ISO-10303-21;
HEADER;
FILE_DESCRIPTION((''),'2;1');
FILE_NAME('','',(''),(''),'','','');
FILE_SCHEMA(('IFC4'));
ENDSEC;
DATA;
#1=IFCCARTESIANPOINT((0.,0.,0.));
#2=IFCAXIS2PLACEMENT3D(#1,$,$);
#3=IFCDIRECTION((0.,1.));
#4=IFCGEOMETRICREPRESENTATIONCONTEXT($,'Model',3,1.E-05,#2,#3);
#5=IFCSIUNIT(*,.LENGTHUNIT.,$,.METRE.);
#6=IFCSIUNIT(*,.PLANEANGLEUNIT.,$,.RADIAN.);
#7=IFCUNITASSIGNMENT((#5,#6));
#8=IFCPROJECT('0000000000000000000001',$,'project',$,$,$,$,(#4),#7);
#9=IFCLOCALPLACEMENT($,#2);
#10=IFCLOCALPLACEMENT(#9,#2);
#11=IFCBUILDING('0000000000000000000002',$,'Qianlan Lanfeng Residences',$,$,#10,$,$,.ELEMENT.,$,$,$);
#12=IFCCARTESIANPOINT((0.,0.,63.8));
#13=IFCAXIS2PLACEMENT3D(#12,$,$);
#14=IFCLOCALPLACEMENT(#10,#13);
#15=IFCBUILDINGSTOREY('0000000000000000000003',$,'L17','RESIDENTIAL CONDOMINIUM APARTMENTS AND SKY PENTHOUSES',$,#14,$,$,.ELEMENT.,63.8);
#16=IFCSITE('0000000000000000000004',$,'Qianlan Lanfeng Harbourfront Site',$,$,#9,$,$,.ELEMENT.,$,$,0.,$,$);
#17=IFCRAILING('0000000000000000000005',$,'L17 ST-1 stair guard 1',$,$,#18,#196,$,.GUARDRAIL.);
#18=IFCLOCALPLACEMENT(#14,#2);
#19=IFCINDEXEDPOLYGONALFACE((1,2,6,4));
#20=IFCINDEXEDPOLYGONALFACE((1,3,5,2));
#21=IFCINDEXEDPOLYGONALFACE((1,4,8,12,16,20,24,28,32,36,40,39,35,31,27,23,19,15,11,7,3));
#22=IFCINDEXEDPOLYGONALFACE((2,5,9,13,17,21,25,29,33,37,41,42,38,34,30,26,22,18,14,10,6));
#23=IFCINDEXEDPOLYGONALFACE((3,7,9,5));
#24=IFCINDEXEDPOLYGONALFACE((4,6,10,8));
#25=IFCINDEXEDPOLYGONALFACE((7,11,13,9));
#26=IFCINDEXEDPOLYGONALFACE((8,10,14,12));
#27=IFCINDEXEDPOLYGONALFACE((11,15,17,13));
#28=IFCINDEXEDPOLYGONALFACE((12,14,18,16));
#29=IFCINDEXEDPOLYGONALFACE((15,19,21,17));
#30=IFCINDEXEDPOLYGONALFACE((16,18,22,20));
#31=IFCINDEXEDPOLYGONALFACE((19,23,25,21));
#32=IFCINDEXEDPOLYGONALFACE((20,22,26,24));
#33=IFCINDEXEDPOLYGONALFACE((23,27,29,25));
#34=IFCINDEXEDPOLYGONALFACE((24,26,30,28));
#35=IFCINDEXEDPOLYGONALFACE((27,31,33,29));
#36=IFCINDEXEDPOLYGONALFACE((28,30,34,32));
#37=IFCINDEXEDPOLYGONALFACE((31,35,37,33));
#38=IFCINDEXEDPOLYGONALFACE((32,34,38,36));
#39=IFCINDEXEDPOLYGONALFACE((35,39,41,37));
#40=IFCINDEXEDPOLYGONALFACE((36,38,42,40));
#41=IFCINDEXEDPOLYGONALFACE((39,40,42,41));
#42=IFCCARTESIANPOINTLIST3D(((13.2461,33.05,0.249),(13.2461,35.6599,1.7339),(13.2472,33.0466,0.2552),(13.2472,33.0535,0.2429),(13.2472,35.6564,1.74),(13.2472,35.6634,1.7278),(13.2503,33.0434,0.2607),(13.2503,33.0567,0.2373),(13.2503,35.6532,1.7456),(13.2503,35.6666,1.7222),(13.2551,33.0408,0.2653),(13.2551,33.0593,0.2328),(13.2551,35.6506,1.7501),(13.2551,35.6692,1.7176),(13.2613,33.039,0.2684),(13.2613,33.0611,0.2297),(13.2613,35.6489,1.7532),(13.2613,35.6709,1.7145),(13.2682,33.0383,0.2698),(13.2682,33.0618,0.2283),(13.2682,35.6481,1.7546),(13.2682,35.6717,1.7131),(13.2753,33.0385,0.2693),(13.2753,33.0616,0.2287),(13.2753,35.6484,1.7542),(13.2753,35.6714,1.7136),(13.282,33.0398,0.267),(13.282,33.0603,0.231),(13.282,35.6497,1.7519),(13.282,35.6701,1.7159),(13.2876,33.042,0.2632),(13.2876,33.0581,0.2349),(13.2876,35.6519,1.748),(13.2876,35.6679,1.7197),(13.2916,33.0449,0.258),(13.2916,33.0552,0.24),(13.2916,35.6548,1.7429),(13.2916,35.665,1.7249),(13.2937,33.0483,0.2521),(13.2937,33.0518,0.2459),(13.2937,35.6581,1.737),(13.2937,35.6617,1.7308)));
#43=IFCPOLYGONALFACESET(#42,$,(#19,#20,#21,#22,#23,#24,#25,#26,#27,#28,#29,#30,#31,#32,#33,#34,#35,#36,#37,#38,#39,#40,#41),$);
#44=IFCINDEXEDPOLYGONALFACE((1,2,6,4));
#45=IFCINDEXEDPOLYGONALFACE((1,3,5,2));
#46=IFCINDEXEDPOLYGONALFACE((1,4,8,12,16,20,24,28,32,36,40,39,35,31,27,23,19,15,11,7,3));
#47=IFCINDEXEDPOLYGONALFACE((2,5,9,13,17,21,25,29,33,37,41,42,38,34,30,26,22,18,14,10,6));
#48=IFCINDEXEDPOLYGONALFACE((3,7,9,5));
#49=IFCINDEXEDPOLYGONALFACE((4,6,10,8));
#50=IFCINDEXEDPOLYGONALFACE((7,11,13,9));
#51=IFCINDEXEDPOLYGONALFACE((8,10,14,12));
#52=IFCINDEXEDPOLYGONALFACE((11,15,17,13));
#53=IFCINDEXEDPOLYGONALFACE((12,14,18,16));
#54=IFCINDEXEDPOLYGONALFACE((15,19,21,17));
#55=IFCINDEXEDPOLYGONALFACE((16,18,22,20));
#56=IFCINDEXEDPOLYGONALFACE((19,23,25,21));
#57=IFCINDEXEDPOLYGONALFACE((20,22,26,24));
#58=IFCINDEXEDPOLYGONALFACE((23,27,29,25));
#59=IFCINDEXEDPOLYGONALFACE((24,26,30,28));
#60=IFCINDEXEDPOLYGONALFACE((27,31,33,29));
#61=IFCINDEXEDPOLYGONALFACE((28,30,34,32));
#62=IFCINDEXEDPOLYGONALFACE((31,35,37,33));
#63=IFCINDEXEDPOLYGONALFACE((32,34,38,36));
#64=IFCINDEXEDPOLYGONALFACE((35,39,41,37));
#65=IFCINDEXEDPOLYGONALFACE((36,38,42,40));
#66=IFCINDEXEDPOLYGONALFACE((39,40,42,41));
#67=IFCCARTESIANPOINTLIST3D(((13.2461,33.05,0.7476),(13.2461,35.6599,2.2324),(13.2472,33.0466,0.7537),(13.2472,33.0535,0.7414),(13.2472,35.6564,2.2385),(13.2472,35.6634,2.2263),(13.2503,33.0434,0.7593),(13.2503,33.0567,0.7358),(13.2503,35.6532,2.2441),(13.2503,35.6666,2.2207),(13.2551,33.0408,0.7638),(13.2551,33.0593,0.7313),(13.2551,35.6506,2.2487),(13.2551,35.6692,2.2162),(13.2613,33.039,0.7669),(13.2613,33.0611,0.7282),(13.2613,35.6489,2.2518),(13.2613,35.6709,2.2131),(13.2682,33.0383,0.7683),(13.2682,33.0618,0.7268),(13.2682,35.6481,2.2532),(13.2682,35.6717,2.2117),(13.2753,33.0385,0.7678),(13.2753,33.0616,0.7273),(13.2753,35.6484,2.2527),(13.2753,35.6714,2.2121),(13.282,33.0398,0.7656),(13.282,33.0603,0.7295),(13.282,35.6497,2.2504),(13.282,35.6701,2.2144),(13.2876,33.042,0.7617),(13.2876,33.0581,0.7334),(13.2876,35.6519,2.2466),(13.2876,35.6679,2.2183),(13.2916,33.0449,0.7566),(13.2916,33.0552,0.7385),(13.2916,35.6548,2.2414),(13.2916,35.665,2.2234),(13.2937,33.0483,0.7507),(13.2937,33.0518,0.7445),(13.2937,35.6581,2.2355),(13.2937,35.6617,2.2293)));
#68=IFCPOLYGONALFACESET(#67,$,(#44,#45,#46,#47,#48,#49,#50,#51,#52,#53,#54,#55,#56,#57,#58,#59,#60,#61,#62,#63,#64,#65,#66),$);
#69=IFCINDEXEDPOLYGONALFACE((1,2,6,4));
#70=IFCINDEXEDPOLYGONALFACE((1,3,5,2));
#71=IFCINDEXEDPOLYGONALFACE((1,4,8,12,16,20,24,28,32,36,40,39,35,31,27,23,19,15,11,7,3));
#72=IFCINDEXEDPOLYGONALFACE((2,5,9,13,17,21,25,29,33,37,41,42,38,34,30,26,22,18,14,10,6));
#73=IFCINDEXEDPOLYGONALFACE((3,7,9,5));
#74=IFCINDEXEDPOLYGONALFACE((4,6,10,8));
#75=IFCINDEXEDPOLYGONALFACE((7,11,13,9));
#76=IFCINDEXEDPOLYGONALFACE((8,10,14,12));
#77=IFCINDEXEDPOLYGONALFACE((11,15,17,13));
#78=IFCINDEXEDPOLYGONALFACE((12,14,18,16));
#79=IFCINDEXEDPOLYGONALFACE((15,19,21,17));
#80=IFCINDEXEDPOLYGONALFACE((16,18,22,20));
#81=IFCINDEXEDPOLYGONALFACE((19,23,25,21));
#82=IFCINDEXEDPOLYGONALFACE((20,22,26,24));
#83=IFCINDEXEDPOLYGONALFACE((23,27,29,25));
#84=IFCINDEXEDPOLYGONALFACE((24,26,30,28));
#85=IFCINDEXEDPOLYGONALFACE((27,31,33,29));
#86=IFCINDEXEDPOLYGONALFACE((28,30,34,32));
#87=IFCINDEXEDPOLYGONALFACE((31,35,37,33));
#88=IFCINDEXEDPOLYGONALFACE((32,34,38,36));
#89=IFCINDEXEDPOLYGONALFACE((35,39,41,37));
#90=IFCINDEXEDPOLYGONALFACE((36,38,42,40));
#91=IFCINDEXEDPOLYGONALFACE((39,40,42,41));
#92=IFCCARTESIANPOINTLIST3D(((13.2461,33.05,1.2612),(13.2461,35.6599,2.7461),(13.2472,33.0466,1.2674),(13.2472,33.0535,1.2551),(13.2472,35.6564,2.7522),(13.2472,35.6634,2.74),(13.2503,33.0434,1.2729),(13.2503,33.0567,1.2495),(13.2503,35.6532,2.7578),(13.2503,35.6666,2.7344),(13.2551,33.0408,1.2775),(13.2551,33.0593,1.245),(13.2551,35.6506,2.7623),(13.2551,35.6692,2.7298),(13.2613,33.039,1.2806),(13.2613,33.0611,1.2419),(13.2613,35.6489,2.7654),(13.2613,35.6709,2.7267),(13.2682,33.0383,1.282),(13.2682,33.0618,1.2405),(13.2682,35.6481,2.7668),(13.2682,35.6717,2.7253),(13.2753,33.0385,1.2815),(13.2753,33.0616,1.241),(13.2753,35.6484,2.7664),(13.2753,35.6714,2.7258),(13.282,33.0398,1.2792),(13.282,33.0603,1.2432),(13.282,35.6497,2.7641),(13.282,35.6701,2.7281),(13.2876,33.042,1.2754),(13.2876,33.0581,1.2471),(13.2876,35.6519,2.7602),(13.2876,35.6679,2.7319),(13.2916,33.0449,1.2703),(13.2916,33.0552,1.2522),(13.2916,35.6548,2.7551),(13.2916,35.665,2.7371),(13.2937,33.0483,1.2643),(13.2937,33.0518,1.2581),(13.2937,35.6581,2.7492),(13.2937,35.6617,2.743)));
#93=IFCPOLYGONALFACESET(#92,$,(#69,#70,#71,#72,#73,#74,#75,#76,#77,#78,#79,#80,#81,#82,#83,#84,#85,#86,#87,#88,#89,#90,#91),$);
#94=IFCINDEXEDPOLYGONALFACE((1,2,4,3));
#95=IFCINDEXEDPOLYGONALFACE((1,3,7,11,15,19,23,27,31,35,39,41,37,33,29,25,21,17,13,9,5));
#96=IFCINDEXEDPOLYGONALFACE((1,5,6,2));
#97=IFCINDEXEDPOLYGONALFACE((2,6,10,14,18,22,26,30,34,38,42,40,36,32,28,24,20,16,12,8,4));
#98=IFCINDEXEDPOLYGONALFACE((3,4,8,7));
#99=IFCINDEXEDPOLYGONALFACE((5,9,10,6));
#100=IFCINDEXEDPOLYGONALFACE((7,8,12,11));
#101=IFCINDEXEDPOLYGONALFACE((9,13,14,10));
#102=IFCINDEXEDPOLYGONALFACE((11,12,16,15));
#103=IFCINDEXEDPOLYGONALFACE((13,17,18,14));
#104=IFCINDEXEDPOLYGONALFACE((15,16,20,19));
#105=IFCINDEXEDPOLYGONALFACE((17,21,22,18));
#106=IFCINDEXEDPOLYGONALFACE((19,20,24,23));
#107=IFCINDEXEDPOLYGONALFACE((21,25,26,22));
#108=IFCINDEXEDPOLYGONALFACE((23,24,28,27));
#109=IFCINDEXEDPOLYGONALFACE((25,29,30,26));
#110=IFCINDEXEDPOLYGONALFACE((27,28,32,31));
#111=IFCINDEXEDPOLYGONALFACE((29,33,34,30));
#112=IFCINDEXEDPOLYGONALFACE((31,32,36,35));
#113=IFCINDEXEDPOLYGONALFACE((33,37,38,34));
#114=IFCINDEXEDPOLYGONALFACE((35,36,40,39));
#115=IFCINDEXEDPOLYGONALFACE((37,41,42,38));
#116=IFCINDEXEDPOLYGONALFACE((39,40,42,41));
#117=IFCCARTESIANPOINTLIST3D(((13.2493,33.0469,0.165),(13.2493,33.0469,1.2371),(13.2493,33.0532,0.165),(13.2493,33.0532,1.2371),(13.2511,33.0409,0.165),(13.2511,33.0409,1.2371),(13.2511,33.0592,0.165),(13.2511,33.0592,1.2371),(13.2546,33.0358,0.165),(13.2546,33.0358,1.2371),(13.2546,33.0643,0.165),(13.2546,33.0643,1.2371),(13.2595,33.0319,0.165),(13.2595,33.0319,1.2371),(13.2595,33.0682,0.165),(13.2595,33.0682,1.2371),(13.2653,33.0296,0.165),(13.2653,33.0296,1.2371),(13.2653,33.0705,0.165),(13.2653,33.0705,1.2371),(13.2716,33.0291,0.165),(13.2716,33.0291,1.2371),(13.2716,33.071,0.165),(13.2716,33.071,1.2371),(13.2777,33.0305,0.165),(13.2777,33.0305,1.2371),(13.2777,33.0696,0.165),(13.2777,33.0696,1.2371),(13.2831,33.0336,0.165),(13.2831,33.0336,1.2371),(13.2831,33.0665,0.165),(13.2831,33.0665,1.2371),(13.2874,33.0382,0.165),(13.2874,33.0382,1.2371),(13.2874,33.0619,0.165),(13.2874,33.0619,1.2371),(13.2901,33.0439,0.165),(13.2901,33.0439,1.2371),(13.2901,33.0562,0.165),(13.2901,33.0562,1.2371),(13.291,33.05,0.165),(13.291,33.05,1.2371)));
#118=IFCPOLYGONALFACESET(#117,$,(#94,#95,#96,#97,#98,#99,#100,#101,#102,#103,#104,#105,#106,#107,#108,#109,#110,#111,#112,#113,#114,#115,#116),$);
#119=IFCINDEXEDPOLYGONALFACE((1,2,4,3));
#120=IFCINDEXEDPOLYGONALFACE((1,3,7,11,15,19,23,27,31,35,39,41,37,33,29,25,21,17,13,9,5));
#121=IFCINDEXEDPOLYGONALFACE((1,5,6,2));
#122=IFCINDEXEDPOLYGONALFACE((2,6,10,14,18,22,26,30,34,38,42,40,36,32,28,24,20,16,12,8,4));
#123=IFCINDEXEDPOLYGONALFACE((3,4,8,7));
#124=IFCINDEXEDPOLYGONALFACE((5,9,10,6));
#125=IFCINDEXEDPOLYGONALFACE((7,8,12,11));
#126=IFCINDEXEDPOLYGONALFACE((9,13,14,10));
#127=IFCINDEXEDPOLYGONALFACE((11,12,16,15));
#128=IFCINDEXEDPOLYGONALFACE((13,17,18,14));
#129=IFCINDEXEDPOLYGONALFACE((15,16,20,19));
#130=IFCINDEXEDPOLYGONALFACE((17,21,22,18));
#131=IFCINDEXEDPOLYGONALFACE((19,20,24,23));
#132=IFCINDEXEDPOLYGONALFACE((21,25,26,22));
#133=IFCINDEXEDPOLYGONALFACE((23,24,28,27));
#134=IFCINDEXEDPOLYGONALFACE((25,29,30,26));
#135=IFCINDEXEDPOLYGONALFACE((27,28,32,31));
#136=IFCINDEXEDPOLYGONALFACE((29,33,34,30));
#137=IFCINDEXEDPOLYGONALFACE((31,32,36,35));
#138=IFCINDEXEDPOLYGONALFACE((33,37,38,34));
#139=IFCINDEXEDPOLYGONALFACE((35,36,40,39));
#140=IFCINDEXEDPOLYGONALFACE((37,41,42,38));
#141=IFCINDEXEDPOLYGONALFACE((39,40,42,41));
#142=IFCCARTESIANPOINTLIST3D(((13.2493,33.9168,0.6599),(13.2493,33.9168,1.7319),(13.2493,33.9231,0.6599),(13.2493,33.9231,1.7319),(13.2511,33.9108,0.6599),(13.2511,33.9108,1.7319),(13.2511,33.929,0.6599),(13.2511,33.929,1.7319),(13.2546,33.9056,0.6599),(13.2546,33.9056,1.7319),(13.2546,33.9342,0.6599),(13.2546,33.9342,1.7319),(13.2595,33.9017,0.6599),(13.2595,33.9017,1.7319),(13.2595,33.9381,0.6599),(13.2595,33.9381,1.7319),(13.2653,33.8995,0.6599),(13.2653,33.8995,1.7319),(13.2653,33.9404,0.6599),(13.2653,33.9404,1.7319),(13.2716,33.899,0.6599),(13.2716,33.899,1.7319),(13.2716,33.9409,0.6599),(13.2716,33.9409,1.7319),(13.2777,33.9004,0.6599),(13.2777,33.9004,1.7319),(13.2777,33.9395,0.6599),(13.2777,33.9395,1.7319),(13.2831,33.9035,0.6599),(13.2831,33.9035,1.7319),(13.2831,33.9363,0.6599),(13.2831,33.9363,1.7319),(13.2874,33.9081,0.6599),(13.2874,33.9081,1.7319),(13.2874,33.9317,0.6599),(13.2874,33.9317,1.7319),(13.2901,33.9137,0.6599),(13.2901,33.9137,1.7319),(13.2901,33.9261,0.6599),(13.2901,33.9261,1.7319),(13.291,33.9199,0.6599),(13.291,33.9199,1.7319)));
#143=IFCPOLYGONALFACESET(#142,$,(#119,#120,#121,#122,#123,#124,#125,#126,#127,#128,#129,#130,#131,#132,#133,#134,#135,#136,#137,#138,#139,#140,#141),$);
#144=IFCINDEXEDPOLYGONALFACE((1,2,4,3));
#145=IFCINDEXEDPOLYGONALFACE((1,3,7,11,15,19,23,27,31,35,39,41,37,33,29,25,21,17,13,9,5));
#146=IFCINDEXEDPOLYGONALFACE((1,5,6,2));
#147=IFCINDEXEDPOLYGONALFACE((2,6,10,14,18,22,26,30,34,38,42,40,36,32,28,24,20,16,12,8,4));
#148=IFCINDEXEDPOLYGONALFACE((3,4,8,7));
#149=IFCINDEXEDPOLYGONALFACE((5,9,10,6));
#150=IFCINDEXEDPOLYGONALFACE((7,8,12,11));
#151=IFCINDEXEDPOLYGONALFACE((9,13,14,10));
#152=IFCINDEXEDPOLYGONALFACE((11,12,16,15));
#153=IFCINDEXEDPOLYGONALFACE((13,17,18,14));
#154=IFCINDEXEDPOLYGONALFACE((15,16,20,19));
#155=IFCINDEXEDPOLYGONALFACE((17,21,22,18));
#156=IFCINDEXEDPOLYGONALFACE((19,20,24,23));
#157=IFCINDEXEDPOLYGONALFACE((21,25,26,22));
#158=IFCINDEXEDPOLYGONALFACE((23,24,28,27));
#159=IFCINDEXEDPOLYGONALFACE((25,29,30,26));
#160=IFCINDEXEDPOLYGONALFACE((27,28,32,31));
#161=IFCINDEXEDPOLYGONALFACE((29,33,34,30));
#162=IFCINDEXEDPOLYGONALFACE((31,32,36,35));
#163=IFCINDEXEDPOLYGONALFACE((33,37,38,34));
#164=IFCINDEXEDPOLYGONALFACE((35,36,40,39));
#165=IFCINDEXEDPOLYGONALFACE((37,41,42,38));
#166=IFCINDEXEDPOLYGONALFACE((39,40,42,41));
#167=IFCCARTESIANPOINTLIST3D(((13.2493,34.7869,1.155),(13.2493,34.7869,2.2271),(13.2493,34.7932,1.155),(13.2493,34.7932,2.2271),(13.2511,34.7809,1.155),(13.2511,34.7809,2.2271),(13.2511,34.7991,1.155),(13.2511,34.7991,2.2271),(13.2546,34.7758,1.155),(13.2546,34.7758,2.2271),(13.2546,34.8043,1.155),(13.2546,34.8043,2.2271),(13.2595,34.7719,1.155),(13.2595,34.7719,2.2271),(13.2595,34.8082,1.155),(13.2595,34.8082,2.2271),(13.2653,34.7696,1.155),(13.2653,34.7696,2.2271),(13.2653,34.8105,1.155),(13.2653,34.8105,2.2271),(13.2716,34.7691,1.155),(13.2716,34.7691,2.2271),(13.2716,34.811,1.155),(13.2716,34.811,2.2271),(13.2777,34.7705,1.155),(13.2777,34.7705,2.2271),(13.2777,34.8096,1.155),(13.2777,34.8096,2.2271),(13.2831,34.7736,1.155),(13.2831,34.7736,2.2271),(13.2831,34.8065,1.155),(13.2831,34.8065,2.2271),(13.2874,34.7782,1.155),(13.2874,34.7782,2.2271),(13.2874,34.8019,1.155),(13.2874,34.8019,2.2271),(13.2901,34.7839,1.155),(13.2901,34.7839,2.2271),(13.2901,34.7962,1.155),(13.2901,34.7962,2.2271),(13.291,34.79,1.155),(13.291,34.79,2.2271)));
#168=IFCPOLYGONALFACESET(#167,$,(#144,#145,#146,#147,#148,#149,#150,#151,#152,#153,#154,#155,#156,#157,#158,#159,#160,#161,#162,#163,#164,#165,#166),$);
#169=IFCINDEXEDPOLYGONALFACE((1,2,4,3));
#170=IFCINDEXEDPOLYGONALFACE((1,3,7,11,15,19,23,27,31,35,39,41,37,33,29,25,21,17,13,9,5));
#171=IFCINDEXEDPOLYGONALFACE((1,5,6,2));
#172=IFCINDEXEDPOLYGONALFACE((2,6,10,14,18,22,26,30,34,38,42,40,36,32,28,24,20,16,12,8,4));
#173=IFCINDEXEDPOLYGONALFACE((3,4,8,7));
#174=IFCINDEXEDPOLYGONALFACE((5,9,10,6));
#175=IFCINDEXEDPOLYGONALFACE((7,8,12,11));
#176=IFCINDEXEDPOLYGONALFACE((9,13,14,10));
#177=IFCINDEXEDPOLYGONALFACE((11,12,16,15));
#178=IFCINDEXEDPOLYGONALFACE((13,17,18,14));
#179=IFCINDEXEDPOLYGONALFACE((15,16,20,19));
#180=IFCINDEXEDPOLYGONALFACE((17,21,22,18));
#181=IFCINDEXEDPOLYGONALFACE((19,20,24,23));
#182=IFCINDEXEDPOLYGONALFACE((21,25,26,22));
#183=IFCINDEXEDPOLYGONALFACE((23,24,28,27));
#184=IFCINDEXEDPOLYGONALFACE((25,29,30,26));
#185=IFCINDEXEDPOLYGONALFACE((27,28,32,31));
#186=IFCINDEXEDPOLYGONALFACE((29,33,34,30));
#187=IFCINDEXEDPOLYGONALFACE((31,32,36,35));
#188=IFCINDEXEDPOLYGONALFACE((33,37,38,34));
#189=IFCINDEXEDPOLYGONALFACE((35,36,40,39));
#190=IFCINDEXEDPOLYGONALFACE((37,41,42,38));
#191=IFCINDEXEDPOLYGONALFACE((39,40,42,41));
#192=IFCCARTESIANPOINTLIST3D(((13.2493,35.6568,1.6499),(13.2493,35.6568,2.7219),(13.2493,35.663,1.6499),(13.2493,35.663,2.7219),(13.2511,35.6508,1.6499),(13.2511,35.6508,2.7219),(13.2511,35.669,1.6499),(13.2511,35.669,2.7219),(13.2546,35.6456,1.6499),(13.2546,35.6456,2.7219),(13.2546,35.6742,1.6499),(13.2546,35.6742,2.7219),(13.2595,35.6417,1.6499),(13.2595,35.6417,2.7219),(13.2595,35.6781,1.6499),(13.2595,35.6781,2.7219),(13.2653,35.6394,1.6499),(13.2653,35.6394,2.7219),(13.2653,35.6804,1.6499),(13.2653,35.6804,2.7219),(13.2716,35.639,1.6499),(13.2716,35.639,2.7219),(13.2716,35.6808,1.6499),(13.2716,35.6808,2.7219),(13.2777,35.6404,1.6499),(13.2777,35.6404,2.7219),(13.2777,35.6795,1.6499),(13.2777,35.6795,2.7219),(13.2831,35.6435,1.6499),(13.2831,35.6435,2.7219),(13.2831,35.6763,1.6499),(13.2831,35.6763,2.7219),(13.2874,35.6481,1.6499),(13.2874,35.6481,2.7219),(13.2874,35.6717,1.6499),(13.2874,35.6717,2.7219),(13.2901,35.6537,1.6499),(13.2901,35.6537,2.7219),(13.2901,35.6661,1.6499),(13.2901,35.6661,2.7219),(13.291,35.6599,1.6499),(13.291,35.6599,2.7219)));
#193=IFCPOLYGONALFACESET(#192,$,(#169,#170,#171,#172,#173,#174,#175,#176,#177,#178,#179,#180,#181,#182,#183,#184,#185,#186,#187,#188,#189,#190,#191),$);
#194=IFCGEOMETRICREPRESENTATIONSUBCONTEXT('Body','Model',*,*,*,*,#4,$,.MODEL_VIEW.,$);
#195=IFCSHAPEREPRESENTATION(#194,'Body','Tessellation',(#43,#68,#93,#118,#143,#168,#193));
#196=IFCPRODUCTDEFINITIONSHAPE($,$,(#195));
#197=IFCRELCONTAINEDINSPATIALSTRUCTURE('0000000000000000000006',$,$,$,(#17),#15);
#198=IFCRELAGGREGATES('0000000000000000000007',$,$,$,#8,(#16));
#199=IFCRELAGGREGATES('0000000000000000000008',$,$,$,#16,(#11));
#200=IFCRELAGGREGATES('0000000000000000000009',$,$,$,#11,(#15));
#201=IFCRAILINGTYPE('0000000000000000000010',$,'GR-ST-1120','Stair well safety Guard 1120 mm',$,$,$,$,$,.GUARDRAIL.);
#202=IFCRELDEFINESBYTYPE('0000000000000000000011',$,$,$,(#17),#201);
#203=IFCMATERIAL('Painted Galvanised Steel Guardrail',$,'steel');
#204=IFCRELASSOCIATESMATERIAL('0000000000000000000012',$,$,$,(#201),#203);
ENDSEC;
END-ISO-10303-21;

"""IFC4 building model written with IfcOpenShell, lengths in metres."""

from ifc_helpers import new_model, si_unit, direction, frame, origin, origin_2d, place, context, subcontext, project, spatial, circle, extrude, material, type_object, element, save


model = new_model("IFC4")

# Units and contexts
model_context = context("Model", 3, precision=1e-05, world=origin(), true_north=direction((0.0, 1.0)))
body_context = subcontext(model_context, "Body", "Model", "MODEL_VIEW")
ifc_project = project(units=[si_unit("LENGTHUNIT", "METRE"), si_unit("PLANEANGLEUNIT", "RADIAN")], contexts=[model_context])

# Site, building, storey
site_placement = place(None, origin())
site = spatial("IfcSite", under=ifc_project, at=site_placement, Name="Qianlan Lanfeng Harbourfront Site", CompositionType="ELEMENT", RefElevation=0.0)
building_placement = place(site_placement, origin())
building = spatial("IfcBuilding", under=site, at=building_placement, Name="Qianlan Lanfeng Residences", CompositionType="ELEMENT")
storey_placement = place(building_placement, frame((0.0, 0.0, 63.8)))
storey = spatial("IfcBuildingStorey", under=building, at=storey_placement, Name="L17", Description="RESIDENTIAL CONDOMINIUM APARTMENTS AND SKY PENTHOUSES", CompositionType="ELEMENT", Elevation=63.8)

# Railing
ifc_material_1 = material(Name="Painted Galvanised Steel Guardrail", Category="steel")
railing_type_1 = type_object("IfcRailingType", Name="GR-ST-1120", Description="Stair well safety Guard 1120 mm", PredefinedType="GUARDRAIL", material=ifc_material_1)
railing_1_placement = place(storey_placement, frame((13.27, 33.05, 0.165)))
element("IfcRailing", 1, at=railing_1_placement, inside=storey, type_object=railing_type_1, Name="L17 ST-1 stair guard 1", PredefinedType="GUARDRAIL", context=body_context, shape_type="SweptSolid", body=[
    extrude(circle(Radius=0.0239, at=origin_2d()), frame((0.0, 0.0, 0.084), z_axis=(0.0, 0.869172, 0.494509), x_axis=(-1.0, 0.0, 0.0)), (0.0, 0.0, 1.0), 3.0027),
    extrude(circle(Radius=0.0239, at=origin_2d()), frame((0.0, 0.0, 0.5825), z_axis=(0.0, 0.869172, 0.494509), x_axis=(-1.0, 0.0, 0.0)), (0.0, 0.0, 1.0), 3.0027),
    extrude(circle(Radius=0.0239, at=origin_2d()), frame((0.0, 0.0, 1.0962), z_axis=(0.0, 0.869172, 0.494509), x_axis=(-1.0, 0.0, 0.0)), (0.0, 0.0, 1.0), 3.0027),
    extrude(circle(Radius=0.021, at=origin_2d()), origin(), (0.0, 0.0, 1.0), 1.072),
    extrude(circle(Radius=0.021, at=origin_2d()), frame((0.0, 0.8699, 0.4949)), (0.0, 0.0, 1.0), 1.072),
    extrude(circle(Radius=0.021, at=origin_2d()), frame((0.0, 1.74, 0.99)), (0.0, 0.0, 1.0), 1.072),
    extrude(circle(Radius=0.021, at=origin_2d()), frame((0.0, 2.6099, 1.4849)), (0.0, 0.0, 1.0), 1.072),
])

save(model, "model.ifc")
